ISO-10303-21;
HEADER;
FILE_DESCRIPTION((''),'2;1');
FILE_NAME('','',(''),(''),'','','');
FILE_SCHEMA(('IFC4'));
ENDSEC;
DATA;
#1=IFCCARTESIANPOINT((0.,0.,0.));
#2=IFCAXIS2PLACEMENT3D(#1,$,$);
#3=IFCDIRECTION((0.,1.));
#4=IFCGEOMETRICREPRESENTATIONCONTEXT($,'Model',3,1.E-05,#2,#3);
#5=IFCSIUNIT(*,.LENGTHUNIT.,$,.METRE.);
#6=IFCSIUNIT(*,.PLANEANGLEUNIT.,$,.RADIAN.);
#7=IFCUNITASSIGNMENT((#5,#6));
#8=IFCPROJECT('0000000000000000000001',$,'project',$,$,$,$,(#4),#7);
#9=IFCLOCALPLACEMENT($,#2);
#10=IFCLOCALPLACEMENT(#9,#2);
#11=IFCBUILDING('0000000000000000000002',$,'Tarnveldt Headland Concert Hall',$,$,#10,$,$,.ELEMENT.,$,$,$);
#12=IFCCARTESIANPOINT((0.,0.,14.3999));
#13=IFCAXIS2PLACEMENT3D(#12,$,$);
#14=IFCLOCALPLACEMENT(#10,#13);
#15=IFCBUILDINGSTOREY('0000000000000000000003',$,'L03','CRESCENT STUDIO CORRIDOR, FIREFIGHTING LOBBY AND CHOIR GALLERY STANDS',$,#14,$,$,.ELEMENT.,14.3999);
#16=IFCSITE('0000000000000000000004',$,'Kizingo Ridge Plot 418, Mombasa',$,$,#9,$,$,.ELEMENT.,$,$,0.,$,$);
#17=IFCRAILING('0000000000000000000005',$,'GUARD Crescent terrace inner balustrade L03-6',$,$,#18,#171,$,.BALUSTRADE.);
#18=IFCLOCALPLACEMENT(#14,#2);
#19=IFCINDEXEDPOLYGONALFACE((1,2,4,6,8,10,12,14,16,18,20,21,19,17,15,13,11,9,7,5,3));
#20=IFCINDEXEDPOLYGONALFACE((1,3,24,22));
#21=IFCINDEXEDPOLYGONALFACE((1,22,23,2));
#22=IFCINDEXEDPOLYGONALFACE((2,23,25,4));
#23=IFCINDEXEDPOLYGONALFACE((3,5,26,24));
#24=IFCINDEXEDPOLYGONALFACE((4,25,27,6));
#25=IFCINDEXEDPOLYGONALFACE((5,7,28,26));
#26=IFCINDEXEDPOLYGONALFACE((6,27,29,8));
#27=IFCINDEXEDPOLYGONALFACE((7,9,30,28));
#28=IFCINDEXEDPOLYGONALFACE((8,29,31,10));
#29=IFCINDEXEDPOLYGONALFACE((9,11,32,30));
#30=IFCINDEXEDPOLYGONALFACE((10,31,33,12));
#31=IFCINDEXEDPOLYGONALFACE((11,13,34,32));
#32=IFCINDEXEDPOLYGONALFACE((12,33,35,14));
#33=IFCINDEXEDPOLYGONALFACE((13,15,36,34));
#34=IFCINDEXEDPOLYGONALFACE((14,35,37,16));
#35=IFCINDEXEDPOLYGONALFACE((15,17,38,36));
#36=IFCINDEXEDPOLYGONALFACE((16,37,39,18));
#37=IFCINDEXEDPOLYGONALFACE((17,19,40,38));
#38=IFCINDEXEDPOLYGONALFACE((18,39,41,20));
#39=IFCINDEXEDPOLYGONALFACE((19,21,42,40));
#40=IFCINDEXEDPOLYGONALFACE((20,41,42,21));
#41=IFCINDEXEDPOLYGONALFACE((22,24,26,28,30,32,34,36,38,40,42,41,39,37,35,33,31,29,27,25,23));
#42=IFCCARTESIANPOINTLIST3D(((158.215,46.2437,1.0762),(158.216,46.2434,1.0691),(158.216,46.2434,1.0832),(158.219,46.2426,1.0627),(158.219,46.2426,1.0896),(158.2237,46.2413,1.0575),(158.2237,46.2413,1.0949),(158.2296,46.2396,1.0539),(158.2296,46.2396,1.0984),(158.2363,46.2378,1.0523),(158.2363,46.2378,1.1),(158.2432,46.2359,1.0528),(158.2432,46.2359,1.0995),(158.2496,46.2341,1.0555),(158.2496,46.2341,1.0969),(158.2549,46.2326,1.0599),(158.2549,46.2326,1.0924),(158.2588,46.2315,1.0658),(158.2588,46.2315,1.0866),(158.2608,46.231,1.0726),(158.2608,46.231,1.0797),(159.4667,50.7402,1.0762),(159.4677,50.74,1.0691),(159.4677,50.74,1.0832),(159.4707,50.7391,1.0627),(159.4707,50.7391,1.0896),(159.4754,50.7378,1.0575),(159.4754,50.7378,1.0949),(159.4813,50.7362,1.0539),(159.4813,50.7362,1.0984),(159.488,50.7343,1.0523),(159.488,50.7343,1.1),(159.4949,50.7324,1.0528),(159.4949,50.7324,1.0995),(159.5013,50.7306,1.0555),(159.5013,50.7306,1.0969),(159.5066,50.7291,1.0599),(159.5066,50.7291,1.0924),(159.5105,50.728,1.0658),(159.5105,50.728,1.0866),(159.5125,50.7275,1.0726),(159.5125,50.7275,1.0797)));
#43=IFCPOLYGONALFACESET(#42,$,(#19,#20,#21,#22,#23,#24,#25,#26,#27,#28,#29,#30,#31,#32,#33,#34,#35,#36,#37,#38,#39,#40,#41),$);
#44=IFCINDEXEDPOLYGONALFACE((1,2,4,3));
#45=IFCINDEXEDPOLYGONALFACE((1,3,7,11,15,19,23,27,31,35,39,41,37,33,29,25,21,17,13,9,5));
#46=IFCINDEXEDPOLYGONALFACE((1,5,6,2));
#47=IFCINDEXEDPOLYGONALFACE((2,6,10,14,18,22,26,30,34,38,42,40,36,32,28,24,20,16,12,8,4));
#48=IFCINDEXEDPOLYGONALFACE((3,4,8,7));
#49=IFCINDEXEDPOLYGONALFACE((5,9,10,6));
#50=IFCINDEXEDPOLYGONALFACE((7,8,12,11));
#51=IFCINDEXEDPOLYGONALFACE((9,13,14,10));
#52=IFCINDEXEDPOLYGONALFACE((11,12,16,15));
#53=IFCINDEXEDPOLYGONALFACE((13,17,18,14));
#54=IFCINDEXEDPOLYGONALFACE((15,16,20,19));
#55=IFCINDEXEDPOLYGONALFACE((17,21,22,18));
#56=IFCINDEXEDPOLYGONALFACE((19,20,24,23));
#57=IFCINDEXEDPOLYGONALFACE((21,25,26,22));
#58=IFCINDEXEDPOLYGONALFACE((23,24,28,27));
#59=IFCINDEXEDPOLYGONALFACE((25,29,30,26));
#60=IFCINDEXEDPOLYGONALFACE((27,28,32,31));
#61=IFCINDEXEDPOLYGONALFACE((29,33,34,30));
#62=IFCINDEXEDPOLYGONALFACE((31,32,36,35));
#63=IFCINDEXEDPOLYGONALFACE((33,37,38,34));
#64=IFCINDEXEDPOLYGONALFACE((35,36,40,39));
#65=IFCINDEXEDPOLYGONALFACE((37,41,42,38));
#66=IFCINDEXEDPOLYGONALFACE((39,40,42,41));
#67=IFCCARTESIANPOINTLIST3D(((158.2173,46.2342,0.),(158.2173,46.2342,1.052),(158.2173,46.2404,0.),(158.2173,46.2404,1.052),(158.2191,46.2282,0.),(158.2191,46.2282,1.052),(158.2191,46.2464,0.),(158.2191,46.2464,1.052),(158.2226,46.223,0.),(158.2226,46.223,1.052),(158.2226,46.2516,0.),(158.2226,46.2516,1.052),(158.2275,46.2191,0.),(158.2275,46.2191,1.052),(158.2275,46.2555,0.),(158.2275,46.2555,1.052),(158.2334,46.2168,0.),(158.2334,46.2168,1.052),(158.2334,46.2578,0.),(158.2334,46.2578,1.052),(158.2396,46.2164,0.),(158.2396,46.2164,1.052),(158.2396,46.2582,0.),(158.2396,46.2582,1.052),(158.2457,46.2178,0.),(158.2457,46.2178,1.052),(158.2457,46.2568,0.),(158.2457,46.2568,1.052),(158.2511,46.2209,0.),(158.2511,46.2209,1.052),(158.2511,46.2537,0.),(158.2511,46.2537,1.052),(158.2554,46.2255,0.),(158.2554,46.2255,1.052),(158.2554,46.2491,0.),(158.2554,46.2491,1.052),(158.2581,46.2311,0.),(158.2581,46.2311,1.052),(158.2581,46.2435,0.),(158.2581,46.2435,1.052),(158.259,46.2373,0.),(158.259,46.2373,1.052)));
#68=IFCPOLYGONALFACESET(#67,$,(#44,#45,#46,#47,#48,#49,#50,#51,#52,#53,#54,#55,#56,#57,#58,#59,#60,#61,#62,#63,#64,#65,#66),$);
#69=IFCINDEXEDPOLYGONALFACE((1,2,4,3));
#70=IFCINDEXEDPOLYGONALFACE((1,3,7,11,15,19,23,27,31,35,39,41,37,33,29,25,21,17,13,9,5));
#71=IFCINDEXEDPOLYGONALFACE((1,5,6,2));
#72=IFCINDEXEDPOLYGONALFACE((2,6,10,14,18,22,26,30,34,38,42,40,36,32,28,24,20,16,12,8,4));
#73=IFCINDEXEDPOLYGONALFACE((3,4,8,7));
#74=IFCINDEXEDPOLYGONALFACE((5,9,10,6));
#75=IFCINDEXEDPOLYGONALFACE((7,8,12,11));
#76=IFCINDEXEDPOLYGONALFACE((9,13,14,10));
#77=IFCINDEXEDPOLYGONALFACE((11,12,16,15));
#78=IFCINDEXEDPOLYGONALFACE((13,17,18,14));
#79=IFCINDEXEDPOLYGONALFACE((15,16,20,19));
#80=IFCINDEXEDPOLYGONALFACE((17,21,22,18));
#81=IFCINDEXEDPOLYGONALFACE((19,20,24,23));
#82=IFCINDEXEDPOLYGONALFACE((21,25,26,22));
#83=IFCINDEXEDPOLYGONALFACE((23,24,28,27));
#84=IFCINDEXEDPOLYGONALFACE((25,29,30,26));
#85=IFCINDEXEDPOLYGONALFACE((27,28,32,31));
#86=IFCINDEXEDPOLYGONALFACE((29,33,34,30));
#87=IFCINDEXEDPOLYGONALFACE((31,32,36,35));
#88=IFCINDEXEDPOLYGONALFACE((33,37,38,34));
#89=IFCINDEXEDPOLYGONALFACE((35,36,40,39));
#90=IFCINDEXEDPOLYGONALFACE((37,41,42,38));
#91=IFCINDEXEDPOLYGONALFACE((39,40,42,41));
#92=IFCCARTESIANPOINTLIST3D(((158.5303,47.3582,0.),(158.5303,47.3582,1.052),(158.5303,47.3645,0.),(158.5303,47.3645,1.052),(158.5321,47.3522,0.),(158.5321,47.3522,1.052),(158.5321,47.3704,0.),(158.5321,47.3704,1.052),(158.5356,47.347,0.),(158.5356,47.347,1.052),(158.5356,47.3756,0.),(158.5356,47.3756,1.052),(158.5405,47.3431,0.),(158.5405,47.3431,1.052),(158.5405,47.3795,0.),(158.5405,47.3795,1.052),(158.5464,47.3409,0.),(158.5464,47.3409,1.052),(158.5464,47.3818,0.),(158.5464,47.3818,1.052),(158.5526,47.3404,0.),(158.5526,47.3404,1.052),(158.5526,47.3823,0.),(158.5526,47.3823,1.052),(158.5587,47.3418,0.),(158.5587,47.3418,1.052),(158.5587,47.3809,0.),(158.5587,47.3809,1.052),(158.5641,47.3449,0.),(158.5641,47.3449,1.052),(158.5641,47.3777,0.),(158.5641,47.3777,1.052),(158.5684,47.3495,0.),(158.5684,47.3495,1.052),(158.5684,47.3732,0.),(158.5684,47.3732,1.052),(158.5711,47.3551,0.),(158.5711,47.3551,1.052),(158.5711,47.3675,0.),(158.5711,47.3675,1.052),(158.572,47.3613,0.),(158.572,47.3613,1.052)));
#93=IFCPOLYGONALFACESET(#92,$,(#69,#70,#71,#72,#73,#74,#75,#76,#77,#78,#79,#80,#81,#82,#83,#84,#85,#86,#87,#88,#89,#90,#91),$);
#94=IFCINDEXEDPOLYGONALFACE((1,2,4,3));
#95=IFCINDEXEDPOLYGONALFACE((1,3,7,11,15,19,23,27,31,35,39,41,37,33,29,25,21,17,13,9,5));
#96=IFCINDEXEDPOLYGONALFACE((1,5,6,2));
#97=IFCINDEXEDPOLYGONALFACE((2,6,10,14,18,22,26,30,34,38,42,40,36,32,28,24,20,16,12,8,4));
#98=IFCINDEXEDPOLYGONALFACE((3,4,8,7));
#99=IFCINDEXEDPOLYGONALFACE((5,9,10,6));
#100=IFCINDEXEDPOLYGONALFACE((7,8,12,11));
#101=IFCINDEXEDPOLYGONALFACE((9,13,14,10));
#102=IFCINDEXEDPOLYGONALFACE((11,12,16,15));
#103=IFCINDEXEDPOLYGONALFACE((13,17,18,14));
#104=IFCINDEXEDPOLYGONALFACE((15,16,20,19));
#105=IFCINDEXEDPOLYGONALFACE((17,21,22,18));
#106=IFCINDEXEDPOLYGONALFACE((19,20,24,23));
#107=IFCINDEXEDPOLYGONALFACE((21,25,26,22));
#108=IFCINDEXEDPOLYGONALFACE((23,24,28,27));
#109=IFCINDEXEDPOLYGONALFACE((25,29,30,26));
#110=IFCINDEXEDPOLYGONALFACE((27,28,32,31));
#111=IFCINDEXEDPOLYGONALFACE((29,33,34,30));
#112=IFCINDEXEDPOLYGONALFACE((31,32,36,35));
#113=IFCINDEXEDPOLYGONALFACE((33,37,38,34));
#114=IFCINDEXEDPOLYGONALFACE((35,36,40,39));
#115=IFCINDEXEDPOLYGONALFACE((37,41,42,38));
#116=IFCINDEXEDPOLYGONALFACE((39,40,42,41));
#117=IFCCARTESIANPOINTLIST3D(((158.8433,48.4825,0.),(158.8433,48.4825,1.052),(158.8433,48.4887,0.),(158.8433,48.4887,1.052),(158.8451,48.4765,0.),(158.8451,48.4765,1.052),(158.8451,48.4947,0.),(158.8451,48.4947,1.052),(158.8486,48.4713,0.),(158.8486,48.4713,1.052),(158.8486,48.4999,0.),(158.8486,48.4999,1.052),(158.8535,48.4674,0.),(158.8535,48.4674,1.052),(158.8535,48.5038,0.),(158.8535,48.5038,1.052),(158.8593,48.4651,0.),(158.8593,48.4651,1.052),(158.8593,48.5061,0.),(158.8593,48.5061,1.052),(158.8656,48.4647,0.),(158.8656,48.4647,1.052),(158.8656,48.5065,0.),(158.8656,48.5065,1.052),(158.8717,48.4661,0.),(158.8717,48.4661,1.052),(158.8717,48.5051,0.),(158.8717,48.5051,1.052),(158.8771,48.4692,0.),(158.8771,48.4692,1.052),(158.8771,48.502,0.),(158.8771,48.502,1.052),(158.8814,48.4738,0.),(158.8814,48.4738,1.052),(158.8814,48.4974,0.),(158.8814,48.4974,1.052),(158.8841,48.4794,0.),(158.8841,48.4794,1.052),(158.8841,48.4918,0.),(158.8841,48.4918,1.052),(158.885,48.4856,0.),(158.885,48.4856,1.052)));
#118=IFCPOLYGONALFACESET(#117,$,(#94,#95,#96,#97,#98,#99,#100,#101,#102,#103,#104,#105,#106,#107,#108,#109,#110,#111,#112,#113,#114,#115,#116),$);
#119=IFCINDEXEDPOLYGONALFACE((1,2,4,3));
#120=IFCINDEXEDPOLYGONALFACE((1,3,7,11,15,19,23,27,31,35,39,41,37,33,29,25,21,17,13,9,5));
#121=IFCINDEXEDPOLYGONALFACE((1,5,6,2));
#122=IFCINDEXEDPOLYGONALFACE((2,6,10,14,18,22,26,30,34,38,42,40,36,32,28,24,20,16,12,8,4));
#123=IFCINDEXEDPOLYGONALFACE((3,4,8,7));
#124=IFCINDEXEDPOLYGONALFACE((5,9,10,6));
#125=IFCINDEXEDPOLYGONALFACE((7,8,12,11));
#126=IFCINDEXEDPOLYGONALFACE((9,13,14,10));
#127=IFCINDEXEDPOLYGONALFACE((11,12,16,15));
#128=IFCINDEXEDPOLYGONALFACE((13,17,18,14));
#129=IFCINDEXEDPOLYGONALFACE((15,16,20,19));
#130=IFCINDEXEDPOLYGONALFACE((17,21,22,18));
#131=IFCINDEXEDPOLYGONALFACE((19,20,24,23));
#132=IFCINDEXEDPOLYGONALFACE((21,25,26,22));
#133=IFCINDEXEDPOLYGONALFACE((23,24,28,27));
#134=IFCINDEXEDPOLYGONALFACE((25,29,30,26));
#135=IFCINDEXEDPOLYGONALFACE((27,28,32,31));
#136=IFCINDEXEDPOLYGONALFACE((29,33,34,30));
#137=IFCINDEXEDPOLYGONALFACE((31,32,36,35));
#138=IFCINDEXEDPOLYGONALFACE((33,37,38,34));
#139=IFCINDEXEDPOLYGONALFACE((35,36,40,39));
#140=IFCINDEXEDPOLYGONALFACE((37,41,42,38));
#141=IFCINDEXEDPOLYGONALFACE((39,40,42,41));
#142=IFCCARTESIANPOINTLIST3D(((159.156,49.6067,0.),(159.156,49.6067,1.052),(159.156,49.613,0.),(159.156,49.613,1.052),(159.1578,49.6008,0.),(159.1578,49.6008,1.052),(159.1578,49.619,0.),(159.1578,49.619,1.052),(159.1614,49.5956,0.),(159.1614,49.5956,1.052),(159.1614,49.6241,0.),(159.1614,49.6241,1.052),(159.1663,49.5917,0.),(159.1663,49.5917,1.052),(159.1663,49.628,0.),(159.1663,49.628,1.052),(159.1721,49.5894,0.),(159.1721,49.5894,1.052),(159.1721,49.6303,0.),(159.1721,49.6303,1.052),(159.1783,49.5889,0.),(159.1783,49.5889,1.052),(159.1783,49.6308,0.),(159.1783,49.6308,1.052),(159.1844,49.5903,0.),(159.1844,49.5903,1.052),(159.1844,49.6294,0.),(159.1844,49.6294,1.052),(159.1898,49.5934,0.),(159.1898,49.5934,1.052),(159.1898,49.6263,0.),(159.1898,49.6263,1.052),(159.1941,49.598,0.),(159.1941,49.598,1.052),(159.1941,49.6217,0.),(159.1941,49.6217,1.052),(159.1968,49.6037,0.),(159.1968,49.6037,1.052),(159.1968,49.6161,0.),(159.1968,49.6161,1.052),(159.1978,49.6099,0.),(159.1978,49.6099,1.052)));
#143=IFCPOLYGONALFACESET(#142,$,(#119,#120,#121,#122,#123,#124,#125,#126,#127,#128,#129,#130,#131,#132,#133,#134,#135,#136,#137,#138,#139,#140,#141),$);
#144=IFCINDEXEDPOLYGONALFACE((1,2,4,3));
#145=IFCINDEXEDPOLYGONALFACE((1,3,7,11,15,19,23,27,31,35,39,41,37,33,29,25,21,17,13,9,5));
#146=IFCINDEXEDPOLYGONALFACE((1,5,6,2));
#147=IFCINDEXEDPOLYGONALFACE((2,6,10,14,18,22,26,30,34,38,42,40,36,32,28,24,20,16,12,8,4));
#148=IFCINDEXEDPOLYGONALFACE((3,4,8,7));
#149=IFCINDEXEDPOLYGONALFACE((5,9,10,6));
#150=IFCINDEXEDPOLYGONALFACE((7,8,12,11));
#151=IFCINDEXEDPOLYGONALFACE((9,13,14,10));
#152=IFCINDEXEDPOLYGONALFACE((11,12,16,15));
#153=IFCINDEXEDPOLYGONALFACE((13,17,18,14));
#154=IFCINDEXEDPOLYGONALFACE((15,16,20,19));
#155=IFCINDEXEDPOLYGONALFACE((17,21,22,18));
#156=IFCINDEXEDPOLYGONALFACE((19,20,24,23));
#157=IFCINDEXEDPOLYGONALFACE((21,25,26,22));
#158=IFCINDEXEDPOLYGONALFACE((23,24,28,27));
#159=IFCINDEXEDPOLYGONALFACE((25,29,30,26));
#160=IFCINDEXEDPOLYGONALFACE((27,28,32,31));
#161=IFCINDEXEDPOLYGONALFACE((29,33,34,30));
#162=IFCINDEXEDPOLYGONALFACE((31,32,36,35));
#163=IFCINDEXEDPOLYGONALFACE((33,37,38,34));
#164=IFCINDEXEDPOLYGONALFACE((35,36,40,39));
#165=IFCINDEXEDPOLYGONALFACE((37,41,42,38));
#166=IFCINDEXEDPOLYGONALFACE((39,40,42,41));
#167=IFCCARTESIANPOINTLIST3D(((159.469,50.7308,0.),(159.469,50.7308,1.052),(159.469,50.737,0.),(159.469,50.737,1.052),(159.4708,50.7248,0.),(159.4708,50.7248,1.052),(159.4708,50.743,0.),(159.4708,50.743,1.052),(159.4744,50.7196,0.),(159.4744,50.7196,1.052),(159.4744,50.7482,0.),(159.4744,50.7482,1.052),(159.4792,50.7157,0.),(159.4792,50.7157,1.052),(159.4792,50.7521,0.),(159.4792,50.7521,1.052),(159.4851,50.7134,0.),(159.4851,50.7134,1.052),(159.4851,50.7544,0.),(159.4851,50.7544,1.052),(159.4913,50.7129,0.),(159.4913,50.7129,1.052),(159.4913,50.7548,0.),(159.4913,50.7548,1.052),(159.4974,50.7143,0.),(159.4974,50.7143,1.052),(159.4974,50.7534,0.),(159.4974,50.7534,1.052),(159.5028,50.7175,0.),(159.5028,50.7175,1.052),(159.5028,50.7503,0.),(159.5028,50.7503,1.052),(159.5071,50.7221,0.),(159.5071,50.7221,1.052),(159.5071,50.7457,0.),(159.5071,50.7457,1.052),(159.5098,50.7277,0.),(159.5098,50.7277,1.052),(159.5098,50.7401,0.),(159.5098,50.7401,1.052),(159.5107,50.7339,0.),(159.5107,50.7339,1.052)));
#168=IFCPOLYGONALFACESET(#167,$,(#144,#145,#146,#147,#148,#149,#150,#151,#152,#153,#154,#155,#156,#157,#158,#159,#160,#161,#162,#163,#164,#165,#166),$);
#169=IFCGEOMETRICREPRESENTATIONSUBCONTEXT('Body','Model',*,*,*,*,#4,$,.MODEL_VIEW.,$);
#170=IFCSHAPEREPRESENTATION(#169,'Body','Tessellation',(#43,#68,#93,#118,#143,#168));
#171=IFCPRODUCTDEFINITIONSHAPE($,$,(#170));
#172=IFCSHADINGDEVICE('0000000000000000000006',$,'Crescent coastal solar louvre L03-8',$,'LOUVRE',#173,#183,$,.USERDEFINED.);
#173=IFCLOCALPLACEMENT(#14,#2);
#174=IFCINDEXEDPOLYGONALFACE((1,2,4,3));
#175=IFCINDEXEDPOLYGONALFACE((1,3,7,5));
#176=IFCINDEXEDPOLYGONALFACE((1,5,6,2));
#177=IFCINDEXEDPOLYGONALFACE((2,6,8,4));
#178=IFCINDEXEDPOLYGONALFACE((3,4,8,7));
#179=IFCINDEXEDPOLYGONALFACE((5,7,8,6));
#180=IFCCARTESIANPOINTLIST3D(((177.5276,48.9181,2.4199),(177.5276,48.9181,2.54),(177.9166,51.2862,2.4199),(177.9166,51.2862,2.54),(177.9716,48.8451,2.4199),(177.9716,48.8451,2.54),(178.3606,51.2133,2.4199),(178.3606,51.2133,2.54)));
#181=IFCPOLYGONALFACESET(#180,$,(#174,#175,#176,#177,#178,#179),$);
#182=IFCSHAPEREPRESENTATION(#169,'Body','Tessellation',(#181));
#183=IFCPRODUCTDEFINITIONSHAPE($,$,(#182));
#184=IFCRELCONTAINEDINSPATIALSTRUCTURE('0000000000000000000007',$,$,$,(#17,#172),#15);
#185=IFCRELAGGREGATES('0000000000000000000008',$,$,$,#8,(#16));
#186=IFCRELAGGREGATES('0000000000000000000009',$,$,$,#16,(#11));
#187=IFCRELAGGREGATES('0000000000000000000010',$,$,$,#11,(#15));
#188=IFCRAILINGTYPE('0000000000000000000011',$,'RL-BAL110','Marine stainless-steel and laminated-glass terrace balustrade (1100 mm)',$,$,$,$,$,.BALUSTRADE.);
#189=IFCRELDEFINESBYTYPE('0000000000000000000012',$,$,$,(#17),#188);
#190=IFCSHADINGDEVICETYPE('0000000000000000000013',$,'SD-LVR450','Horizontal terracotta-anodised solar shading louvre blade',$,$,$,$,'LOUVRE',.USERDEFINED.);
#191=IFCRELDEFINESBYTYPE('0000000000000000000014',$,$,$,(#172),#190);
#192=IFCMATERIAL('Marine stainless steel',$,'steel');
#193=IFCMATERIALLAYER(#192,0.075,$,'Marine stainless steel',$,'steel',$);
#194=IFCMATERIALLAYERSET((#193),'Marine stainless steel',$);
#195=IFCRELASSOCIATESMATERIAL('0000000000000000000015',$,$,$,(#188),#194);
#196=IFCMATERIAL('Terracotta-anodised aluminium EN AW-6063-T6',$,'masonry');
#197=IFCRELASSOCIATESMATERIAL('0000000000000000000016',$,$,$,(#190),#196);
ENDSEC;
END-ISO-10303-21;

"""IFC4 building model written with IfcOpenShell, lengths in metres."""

from ifc_helpers import new_model, si_unit, direction, frame, origin, origin_2d, place, context, subcontext, project, spatial, rectangle, circle, extrude, material, layer, layer_set, type_object, element, save


model = new_model("IFC4")

# Units and contexts
model_context = context("Model", 3, precision=1e-05, world=origin(), true_north=direction((0.0, 1.0)))
body_context = subcontext(model_context, "Body", "Model", "MODEL_VIEW")
ifc_project = project(units=[si_unit("LENGTHUNIT", "METRE"), si_unit("PLANEANGLEUNIT", "RADIAN")], contexts=[model_context])

# Site, building, storey
site_placement = place(None, origin())
site = spatial("IfcSite", under=ifc_project, at=site_placement, Name="Kizingo Ridge Plot 418, Mombasa", CompositionType="ELEMENT", RefElevation=0.0)
building_placement = place(site_placement, origin())
building = spatial("IfcBuilding", under=site, at=building_placement, Name="Tarnveldt Headland Concert Hall", CompositionType="ELEMENT")
storey_placement = place(building_placement, frame((0.0, 0.0, 14.3999)))
storey = spatial("IfcBuildingStorey", under=building, at=storey_placement, Name="L03", Description="CRESCENT STUDIO CORRIDOR, FIREFIGHTING LOBBY AND CHOIR GALLERY STANDS", CompositionType="ELEMENT", Elevation=14.3999)

# Railing
ifc_material_1 = material(Name="Marine stainless steel", Category="steel")
ifc_layer_1 = layer(ifc_material_1, 0.075, Name="Marine stainless steel", Category="steel")
ifc_layer_set_1 = layer_set([ifc_layer_1], Name="Marine stainless steel")
railing_type = type_object("IfcRailingType", Name="RL-BAL110", Description="Marine stainless-steel and laminated-glass terrace balustrade (1100 mm)", PredefinedType="BALUSTRADE", material=ifc_layer_set_1)
railing_1_placement = place(storey_placement, frame((158.238, 46.2373, 0.0)))
element("IfcRailing", 1, at=railing_1_placement, inside=storey, type_object=railing_type, Name="GUARD Crescent terrace inner balustrade L03-6", PredefinedType="BALUSTRADE", context=body_context, shape_type="SweptSolid", body=[
    extrude(circle(Radius=0.0239, at=origin_2d()), frame((0.0, 0.0, 1.0762), z_axis=(0.268173, 0.963371, 0.0), x_axis=(-0.963371, 0.268173, 0.0)), (0.0, 0.0, 1.0), 4.6675),
    extrude(circle(Radius=0.021, at=origin_2d()), origin(), (0.0, 0.0, 1.0), 1.052),
    extrude(circle(Radius=0.021, at=origin_2d()), frame((0.313, 1.124, 0.0)), (0.0, 0.0, 1.0), 1.052),
    extrude(circle(Radius=0.021, at=origin_2d()), frame((0.626, 2.2483, 0.0)), (0.0, 0.0, 1.0), 1.052),
    extrude(circle(Radius=0.021, at=origin_2d()), frame((0.9387, 3.3726, 0.0)), (0.0, 0.0, 1.0), 1.052),
    extrude(circle(Radius=0.021, at=origin_2d()), frame((1.2517, 4.4966, 0.0)), (0.0, 0.0, 1.0), 1.052),
])

# Shading device
ifc_material_2 = material(Name="Terracotta-anodised aluminium EN AW-6063-T6", Category="masonry")
shading_device_type = type_object("IfcShadingDeviceType", Name="SD-LVR450", Description="Horizontal terracotta-anodised solar shading louvre blade", ElementType="LOUVRE", PredefinedType="USERDEFINED", material=ifc_material_2)
shading_device_placement = place(storey_placement, frame((177.9441, 50.0657, 2.4199), z_axis=(0.0, 0.0, 1.0), x_axis=(0.986771, -0.162121, 0.0)))
element("IfcShadingDevice", 2, at=shading_device_placement, inside=storey, type_object=shading_device_type, Name="Crescent coastal solar louvre L03-8", ObjectType="LOUVRE", PredefinedType="USERDEFINED", context=body_context, shape_type="SweptSolid", body=[
    extrude(rectangle(XDim=0.45, YDim=2.3999, at=origin_2d()), origin(), (0.0, 0.0, 1.0), 0.1201),
])

save(model, "model.ifc")
